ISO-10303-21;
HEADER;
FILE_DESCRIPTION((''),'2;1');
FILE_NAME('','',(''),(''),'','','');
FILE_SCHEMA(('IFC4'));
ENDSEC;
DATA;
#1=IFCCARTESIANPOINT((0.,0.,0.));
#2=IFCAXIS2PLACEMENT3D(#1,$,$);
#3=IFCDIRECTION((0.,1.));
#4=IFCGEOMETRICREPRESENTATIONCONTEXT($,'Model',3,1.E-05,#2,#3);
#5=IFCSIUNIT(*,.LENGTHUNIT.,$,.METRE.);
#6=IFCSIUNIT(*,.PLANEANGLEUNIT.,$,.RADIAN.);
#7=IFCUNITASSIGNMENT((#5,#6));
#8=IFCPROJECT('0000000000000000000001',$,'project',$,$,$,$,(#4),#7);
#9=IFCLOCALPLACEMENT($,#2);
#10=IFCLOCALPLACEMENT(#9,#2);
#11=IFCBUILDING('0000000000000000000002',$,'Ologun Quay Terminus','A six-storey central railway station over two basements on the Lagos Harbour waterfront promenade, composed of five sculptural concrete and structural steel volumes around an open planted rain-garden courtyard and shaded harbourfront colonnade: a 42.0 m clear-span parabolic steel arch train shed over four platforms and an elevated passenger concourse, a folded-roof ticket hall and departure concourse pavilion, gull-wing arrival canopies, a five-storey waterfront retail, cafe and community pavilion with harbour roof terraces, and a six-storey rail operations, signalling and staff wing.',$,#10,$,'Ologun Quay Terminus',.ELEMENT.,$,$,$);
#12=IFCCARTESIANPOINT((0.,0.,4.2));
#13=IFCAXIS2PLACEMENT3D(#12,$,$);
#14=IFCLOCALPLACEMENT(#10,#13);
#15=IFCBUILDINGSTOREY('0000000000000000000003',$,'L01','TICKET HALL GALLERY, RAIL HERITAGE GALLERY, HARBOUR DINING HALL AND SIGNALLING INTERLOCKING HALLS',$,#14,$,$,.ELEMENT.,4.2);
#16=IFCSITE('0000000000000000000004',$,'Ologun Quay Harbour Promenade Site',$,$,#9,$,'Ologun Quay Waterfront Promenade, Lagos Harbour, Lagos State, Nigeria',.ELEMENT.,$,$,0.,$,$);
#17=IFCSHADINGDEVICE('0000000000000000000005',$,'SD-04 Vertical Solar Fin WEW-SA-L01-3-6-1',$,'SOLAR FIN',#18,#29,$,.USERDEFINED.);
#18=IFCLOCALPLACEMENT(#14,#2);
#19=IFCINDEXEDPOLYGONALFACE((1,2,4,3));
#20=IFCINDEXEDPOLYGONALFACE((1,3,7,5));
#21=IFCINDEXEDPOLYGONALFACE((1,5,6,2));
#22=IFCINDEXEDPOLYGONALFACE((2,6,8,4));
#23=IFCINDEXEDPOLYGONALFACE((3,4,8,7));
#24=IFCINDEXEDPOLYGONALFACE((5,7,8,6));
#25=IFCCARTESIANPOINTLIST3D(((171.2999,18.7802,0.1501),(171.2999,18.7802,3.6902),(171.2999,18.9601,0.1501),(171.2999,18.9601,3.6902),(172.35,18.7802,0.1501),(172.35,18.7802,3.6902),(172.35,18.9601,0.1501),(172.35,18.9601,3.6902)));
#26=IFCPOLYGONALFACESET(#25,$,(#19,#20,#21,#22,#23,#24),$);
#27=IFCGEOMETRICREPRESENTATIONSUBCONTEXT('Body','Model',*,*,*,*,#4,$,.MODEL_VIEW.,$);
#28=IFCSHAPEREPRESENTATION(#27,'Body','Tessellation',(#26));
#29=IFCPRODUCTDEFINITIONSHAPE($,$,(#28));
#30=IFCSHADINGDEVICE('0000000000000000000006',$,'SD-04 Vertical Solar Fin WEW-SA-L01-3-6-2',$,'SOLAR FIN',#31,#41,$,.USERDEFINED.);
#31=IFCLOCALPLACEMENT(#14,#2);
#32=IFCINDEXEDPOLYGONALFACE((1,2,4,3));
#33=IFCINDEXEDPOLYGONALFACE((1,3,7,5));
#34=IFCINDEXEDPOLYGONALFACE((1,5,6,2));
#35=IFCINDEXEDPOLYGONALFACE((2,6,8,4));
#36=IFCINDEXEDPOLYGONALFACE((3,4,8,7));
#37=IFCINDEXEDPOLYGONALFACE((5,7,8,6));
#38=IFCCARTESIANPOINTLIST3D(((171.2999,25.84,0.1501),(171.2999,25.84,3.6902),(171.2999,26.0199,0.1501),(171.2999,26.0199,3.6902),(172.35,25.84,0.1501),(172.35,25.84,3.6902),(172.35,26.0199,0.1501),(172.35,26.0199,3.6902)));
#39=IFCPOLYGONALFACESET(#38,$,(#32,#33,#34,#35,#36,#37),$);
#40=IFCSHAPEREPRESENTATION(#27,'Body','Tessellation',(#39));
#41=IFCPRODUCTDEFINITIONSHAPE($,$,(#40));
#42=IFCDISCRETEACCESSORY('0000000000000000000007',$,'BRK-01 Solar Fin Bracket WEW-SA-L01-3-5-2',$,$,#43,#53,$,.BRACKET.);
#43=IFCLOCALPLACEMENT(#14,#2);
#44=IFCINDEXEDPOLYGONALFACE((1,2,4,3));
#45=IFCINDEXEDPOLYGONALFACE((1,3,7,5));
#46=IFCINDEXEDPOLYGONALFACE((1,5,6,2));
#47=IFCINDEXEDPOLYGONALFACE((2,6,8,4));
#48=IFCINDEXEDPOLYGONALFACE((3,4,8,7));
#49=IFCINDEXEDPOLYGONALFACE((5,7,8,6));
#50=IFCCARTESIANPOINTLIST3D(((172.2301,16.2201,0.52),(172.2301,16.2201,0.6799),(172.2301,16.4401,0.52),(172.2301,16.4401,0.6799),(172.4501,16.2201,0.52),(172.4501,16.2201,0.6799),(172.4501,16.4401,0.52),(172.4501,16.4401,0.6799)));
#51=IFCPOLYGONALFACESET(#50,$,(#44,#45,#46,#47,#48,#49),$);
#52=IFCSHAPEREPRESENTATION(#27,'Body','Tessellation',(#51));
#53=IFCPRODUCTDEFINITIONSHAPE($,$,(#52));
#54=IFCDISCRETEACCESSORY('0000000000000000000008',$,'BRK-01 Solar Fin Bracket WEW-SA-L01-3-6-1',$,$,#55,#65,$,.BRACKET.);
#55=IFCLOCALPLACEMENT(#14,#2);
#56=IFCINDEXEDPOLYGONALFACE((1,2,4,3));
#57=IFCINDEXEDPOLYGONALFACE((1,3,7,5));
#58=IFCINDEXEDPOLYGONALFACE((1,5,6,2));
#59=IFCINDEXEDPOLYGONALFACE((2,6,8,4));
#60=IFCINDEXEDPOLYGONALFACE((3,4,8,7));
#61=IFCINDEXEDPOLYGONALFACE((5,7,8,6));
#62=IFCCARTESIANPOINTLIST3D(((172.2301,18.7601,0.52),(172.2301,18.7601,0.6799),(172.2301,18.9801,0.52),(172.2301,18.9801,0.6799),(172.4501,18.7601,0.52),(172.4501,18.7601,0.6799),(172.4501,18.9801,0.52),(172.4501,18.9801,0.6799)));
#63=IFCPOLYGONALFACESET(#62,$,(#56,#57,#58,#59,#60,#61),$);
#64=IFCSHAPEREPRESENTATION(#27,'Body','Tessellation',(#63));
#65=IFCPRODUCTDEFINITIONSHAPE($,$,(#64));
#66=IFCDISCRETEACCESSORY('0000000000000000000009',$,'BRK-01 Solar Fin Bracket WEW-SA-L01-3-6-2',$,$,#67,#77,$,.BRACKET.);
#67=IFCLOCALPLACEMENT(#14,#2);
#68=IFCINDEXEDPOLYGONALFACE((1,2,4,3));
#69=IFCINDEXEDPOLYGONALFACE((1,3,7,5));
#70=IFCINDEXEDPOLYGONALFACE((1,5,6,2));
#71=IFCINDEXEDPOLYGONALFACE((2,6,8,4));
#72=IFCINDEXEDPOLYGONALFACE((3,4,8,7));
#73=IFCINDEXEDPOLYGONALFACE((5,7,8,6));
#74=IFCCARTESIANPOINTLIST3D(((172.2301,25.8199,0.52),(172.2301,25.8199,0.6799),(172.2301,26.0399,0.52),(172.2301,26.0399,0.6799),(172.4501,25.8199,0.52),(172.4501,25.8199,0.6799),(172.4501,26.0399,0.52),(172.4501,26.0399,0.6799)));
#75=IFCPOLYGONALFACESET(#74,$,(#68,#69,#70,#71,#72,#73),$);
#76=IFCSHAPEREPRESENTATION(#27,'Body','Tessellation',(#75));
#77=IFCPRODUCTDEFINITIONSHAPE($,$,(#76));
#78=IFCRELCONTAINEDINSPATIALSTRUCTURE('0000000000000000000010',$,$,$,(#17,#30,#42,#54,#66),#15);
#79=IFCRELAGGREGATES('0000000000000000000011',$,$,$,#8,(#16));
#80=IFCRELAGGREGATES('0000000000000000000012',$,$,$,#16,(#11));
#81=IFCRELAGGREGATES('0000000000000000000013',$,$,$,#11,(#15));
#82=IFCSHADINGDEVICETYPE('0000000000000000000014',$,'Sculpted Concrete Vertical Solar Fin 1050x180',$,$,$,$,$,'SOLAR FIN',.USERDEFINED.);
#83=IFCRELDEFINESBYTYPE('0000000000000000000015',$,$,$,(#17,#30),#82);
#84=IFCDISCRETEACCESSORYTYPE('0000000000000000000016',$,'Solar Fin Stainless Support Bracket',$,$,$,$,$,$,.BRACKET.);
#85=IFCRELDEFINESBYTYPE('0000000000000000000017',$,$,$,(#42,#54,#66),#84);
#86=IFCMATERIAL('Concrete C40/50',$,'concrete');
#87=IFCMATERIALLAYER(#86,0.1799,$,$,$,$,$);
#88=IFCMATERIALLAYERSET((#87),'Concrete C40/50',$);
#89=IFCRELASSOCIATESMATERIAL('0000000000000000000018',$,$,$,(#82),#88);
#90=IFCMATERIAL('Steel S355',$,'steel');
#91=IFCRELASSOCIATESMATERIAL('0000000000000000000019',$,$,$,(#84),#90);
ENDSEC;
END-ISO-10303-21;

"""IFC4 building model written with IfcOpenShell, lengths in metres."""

from ifc_helpers import new_model, si_unit, direction, frame, origin, origin_2d, place, context, subcontext, project, spatial, rectangle, extrude, material, layer, layer_set, type_object, element, save


model = new_model("IFC4")

# Units and contexts
model_context = context("Model", 3, precision=1e-05, world=origin(), true_north=direction((0.0, 1.0)))
body_context = subcontext(model_context, "Body", "Model", "MODEL_VIEW")
ifc_project = project(units=[si_unit("LENGTHUNIT", "METRE"), si_unit("PLANEANGLEUNIT", "RADIAN")], contexts=[model_context])

# Site, building, storey
site_placement = place(None, origin())
site = spatial("IfcSite", under=ifc_project, at=site_placement, Name="Ologun Quay Harbour Promenade Site", LongName="Ologun Quay Waterfront Promenade, Lagos Harbour, Lagos State, Nigeria", CompositionType="ELEMENT", RefElevation=0.0)
building_placement = place(site_placement, origin())
building = spatial("IfcBuilding", under=site, at=building_placement, Name="Ologun Quay Terminus", Description="A six-storey central railway station over two basements on the Lagos Harbour waterfront promenade, composed of five sculptural concrete and structural steel volumes around an open planted rain-garden courtyard and shaded harbourfront colonnade: a 42.0 m clear-span parabolic steel arch train shed over four platforms and an elevated passenger concourse, a folded-roof ticket hall and departure concourse pavilion, gull-wing arrival canopies, a five-storey waterfront retail, cafe and community pavilion with harbour roof terraces, and a six-storey rail operations, signalling and staff wing.", LongName="Ologun Quay Terminus", CompositionType="ELEMENT")
storey_placement = place(building_placement, frame((0.0, 0.0, 4.2)))
storey = spatial("IfcBuildingStorey", under=building, at=storey_placement, Name="L01", Description="TICKET HALL GALLERY, RAIL HERITAGE GALLERY, HARBOUR DINING HALL AND SIGNALLING INTERLOCKING HALLS", CompositionType="ELEMENT", Elevation=4.2)

# Shading devices
ifc_material_1 = material(Name="Concrete C40/50", Category="concrete")
ifc_layer_1 = layer(ifc_material_1, 0.1799)
ifc_layer_set_1 = layer_set([ifc_layer_1], Name="Concrete C40/50")
shading_device_type = type_object("IfcShadingDeviceType", Name="Sculpted Concrete Vertical Solar Fin 1050x180", ElementType="SOLAR FIN", PredefinedType="USERDEFINED", material=ifc_layer_set_1)
for number, where, z_axis, x_axis, name in (
    (1, (171.825, 18.8701, 0.1501), (0.0, 0.0, 1.0), (1.0, 0.0, 0.0), "SD-04 Vertical Solar Fin WEW-SA-L01-3-6-1"),
    (2, (171.825, 25.9299, 0.1501), (0.0, 0.0, 1.0), (1.0, 0.0, 0.0), "SD-04 Vertical Solar Fin WEW-SA-L01-3-6-2"),
):
    element("IfcShadingDevice", number, at=place(storey_placement, frame(where, z_axis=z_axis, x_axis=x_axis)), inside=storey, type_object=shading_device_type, Name=name, ObjectType="SOLAR FIN", PredefinedType="USERDEFINED", context=body_context, shape_type="SweptSolid", body=[
        extrude(rectangle(XDim=1.05, YDim=0.1799, at=origin_2d()), origin(), (0.0, 0.0, 1.0), 3.54),
    ])

# Discrete accessories
ifc_material_2 = material(Name="Steel S355", Category="steel")
discrete_accessory_type = type_object("IfcDiscreteAccessoryType", Name="Solar Fin Stainless Support Bracket", PredefinedType="BRACKET", material=ifc_material_2)
for number, where, z_axis, x_axis, name in (
    (3, (172.3401, 16.3301, 0.52), (0.0, 0.0, 1.0), (1.0, 0.0, 0.0), "BRK-01 Solar Fin Bracket WEW-SA-L01-3-5-2"),
    (4, (172.3401, 18.8701, 0.52), (0.0, 0.0, 1.0), (1.0, 0.0, 0.0), "BRK-01 Solar Fin Bracket WEW-SA-L01-3-6-1"),
    (5, (172.3401, 25.9299, 0.52), (0.0, 0.0, 1.0), (1.0, 0.0, 0.0), "BRK-01 Solar Fin Bracket WEW-SA-L01-3-6-2"),
):
    element("IfcDiscreteAccessory", number, at=place(storey_placement, frame(where, z_axis=z_axis, x_axis=x_axis)), inside=storey, type_object=discrete_accessory_type, Name=name, PredefinedType="BRACKET", context=body_context, shape_type="SweptSolid", body=[
        extrude(rectangle(XDim=0.22, YDim=0.22, at=origin_2d()), origin(), (0.0, 0.0, 1.0), 0.1599),
    ])

save(model, "model.ifc")
